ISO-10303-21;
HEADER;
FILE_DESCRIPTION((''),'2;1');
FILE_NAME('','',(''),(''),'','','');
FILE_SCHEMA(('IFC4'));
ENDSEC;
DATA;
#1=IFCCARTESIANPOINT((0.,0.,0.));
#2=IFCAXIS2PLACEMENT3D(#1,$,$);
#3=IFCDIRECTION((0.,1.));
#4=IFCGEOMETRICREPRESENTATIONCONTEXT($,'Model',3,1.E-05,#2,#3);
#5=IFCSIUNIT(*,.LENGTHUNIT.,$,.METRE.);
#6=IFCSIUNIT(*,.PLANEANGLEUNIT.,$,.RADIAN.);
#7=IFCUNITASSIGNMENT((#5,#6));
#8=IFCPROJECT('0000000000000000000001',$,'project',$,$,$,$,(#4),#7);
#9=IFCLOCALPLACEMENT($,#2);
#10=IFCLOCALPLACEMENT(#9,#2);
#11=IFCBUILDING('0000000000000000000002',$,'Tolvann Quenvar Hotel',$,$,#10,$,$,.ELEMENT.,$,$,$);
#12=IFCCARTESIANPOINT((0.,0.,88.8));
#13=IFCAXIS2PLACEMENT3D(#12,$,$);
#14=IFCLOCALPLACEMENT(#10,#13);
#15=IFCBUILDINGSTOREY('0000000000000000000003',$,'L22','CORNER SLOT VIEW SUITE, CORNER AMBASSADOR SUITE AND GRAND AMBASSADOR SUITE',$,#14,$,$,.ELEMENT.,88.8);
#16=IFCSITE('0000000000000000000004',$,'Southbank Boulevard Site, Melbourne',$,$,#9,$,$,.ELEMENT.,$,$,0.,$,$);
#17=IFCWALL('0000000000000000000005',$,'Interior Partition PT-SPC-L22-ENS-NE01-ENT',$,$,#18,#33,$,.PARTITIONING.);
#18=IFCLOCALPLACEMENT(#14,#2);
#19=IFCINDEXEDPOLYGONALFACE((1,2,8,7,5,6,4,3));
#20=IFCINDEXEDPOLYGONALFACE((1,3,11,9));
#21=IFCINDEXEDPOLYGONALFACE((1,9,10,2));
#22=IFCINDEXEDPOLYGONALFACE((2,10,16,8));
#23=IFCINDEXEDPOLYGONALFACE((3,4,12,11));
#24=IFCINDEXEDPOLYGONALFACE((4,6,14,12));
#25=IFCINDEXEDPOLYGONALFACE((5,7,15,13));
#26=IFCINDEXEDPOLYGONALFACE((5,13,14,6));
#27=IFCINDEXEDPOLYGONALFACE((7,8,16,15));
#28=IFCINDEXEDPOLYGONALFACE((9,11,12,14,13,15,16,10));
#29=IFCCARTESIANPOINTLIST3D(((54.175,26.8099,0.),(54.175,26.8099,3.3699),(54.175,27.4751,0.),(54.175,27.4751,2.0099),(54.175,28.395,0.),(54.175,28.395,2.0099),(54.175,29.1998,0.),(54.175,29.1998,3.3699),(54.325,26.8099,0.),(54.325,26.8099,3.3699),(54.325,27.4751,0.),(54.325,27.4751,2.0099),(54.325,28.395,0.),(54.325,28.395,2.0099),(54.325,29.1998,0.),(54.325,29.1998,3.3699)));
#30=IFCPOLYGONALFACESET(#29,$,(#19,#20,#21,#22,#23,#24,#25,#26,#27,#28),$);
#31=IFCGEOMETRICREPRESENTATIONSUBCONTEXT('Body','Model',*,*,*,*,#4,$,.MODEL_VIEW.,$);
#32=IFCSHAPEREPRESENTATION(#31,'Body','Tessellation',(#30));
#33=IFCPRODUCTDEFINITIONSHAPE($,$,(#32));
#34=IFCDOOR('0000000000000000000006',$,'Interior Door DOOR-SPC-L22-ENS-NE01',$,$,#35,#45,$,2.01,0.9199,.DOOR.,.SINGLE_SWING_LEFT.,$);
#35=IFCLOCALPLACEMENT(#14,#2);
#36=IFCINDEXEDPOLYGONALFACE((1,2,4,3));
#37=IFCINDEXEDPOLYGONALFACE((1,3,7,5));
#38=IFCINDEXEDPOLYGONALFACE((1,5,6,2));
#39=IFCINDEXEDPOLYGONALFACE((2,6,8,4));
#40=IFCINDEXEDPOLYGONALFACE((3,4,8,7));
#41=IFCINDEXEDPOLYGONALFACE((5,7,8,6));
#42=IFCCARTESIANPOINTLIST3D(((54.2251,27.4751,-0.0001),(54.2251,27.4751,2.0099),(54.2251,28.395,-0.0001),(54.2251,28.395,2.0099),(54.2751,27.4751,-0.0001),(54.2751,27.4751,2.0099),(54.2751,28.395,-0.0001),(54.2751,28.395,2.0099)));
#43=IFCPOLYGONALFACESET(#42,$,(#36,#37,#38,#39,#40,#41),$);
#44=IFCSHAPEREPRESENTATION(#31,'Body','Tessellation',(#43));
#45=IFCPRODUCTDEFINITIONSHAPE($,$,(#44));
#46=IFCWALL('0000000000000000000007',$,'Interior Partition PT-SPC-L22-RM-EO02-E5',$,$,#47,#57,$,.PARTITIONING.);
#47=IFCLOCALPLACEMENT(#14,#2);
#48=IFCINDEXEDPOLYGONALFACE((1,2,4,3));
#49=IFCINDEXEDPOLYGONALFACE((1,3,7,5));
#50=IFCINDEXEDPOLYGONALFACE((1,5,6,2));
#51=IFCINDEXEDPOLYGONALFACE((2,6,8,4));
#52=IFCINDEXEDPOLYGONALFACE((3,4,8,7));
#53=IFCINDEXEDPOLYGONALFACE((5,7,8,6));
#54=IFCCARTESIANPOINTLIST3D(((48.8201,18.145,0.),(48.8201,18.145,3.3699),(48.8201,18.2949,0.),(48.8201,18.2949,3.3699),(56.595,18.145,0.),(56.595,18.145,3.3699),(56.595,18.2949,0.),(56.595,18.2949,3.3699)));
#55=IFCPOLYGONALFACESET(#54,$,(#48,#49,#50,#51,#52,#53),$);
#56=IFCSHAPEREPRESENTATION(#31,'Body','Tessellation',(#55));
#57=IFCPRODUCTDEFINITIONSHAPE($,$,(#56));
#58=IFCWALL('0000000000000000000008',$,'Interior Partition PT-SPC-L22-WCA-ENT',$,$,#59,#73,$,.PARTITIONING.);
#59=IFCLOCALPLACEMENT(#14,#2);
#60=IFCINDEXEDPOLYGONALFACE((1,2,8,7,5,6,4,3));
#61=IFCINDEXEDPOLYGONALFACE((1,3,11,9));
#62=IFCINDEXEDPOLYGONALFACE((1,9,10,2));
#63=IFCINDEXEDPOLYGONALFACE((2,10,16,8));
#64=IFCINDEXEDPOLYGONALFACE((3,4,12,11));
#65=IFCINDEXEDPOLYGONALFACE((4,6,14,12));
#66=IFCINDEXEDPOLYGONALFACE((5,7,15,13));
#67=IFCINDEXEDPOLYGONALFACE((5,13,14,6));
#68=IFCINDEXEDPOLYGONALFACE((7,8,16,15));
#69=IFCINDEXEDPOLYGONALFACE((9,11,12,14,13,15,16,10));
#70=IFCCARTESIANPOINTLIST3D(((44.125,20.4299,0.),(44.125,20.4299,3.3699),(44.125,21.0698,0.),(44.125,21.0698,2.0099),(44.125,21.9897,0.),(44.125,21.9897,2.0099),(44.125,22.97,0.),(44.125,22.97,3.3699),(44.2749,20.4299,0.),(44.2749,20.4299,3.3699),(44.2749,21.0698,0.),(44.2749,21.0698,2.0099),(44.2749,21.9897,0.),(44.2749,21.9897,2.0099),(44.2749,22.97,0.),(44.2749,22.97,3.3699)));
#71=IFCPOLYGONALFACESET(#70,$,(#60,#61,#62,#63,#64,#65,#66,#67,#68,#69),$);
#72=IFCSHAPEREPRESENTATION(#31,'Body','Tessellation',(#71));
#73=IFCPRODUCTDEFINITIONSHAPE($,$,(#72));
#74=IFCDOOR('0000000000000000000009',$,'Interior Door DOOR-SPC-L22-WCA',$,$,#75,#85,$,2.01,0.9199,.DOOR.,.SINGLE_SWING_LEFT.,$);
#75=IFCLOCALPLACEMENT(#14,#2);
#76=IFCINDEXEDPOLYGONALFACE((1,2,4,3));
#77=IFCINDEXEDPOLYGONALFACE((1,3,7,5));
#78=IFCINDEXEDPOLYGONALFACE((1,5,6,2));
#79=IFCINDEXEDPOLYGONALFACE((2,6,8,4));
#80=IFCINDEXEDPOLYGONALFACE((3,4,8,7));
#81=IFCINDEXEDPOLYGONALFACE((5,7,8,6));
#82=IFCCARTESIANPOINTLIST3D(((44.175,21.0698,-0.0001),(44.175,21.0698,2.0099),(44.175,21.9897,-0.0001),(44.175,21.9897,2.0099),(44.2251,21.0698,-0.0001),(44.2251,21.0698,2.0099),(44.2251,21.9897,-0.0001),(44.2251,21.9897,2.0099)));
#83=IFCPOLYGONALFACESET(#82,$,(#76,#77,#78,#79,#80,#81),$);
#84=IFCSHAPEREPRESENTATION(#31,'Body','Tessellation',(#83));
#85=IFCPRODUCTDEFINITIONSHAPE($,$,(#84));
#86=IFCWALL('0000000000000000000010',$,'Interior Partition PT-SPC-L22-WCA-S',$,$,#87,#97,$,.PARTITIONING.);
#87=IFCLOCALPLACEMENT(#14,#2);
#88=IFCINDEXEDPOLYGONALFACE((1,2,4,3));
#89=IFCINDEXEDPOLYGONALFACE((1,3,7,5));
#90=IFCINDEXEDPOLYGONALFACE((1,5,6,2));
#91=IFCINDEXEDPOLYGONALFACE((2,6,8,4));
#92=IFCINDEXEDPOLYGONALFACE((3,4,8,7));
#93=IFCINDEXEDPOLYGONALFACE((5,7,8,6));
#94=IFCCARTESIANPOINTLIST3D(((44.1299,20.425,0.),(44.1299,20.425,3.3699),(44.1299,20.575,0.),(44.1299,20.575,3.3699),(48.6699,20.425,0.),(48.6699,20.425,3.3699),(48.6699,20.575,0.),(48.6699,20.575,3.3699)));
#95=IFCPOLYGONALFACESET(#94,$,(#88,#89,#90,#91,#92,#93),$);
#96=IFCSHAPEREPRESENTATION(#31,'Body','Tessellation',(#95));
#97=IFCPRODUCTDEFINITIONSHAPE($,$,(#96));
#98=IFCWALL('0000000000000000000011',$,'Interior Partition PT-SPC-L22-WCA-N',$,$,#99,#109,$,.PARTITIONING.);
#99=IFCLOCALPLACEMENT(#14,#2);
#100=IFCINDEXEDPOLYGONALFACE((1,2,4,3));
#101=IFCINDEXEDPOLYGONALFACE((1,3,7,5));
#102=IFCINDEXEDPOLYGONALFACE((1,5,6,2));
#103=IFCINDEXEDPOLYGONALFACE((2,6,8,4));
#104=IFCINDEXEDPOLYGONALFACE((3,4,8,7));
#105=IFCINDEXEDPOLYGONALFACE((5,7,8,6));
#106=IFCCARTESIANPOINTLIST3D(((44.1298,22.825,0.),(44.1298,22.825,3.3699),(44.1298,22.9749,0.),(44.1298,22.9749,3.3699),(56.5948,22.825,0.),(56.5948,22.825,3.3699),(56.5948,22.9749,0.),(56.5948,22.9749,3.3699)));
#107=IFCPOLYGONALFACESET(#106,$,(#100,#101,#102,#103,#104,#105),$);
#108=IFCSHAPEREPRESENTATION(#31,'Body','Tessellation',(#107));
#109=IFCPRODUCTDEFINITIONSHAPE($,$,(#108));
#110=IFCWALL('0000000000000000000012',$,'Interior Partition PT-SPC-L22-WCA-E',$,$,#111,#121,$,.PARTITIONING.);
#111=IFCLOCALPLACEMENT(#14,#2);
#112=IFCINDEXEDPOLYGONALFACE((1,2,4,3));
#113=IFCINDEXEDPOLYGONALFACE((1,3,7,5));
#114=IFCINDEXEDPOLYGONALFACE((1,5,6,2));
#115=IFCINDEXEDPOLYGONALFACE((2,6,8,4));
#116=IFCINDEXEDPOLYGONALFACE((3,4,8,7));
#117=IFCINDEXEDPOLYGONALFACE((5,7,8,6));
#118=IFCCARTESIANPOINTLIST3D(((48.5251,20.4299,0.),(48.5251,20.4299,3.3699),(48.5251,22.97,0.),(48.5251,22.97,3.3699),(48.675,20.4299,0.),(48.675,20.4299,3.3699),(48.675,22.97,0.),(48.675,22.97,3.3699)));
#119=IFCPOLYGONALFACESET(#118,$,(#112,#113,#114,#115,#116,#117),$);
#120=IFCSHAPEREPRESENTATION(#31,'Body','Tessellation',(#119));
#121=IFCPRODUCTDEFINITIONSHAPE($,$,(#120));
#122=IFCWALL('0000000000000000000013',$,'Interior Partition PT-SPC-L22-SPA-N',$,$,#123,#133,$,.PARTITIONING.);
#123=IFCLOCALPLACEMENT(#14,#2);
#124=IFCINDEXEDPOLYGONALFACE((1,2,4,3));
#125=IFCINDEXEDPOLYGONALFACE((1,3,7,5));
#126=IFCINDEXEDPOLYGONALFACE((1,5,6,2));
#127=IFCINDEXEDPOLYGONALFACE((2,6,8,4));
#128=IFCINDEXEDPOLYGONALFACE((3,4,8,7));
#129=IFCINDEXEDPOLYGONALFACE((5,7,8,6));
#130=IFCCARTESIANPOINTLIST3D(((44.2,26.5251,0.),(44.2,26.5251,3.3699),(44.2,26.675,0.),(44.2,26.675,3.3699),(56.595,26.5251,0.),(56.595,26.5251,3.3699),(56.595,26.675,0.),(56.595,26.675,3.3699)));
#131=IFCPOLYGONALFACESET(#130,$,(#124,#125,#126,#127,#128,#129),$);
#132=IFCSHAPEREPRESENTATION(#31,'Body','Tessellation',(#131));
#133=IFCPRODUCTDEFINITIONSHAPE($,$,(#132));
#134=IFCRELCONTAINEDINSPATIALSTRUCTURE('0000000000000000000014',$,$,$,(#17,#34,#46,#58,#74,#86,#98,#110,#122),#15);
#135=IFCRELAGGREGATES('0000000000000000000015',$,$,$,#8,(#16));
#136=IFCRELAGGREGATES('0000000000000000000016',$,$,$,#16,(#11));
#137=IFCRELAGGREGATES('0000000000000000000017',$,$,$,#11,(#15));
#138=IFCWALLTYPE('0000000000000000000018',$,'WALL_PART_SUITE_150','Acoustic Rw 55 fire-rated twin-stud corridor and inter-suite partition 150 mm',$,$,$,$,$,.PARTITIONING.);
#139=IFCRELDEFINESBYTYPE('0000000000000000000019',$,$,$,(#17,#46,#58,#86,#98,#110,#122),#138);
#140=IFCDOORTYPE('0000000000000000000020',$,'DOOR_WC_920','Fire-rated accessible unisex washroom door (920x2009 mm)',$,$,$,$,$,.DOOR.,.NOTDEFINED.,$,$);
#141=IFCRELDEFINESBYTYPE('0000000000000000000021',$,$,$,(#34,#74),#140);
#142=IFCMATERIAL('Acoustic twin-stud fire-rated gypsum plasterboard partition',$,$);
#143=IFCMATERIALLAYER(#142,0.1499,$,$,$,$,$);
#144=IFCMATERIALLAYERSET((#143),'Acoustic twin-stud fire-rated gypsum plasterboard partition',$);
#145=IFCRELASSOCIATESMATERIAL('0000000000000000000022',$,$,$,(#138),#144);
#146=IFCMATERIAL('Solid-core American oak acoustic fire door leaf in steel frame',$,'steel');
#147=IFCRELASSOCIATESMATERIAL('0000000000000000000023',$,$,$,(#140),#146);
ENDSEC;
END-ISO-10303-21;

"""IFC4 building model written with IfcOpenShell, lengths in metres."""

from ifc_helpers import new_model, si_unit, direction, frame, frame_2d, origin, place, context, subcontext, project, spatial, rectangle, extrude, source, transform, mapped, material, layer, layer_set, type_object, type_shapes, element, fill, save


model = new_model("IFC4")

# Units and contexts
model_context = context("Model", 3, precision=1e-05, world=origin(), true_north=direction((0.0, 1.0)))
body_context = subcontext(model_context, "Body", "Model", "MODEL_VIEW")
ifc_project = project(units=[si_unit("LENGTHUNIT", "METRE"), si_unit("PLANEANGLEUNIT", "RADIAN")], contexts=[model_context])

# Site, building, storey
site_placement = place(None, origin())
site = spatial("IfcSite", under=ifc_project, at=site_placement, Name="Southbank Boulevard Site, Melbourne", CompositionType="ELEMENT", RefElevation=0.0)
building_placement = place(site_placement, origin())
building = spatial("IfcBuilding", under=site, at=building_placement, Name="Tolvann Quenvar Hotel", CompositionType="ELEMENT")
storey_placement = place(building_placement, frame((0.0, 0.0, 88.8)))
storey = spatial("IfcBuildingStorey", under=building, at=storey_placement, Name="L22", Description="CORNER SLOT VIEW SUITE, CORNER AMBASSADOR SUITE AND GRAND AMBASSADOR SUITE", CompositionType="ELEMENT", Elevation=88.8)

# Wall, opening, door
ifc_material_1 = material(Name="Acoustic twin-stud fire-rated gypsum plasterboard partition")
ifc_layer = layer(ifc_material_1, 0.1499)
ifc_layer_set = layer_set([ifc_layer], Name="Acoustic twin-stud fire-rated gypsum plasterboard partition")
wall_type = type_object("IfcWallType", Name="WALL_PART_SUITE_150", Description="Acoustic Rw 55 fire-rated twin-stud corridor and inter-suite partition 150 mm", PredefinedType="PARTITIONING", material=ifc_layer_set)
wall_1_placement = place(storey_placement, frame((54.25, 26.8101, 0.0), z_axis=(0.0, 0.0, 1.0), x_axis=(0.0, 1.0, 0.0)))
wall_1 = element("IfcWall", 1, at=wall_1_placement, inside=storey, type_object=wall_type, Name="Interior Partition PT-SPC-L22-ENS-NE01-ENT", PredefinedType="PARTITIONING", context=body_context, shape_type="SweptSolid", body=[
    extrude(rectangle(XDim=2.3899, YDim=0.1499, at=frame_2d((1.1948, 0.0))), origin(), (0.0, 0.0, 1.0), 3.3699),
])
opening_1_placement = place(wall_1_placement, frame((0.665, 0.0, 0.0)))
opening_1 = element("IfcOpeningElement", 2, at=opening_1_placement, cuts=wall_1, PredefinedType="OPENING", context=body_context, shape_type="SweptSolid", body=[
    extrude(rectangle(XDim=0.9199, YDim=2.01, at=frame_2d((0.46, 1.0049))), frame((0.0, 0.085, 0.0), z_axis=(0.0, -1.0, 0.0), x_axis=(1.0, 0.0, 0.0)), (0.0, 0.0, 1.0), 0.1699),
])
ifc_material_2 = material(Name="Solid-core American oak acoustic fire door leaf in steel frame", Category="steel")
door_type_1 = type_object("IfcDoorType", Name="DOOR_WC_920", Description="Fire-rated accessible unisex washroom door (920x2009 mm)", OperationType="NOTDEFINED", PredefinedType="DOOR", material=ifc_material_2)
shared_shape_1 = source(origin(), body_context, "Body", "SweptSolid", [
    extrude(rectangle(XDim=0.9199, YDim=2.01, at=frame_2d((0.46, 1.0049))), frame((0.0, 0.0249, 0.0), z_axis=(0.0, -1.0, 0.0), x_axis=(1.0, 0.0, 0.0)), (0.0, 0.0, 1.0), 0.05),
])
type_shapes(door_type_1, [shared_shape_1])
door_1_placement = place(opening_1_placement, origin())
door_1 = element("IfcDoor", 3, at=door_1_placement, inside=storey, type_object=door_type_1, Name="Interior Door DOOR-SPC-L22-ENS-NE01", OperationType="SINGLE_SWING_LEFT", OverallHeight=2.01, OverallWidth=0.9199, PredefinedType="DOOR", context=body_context, shape_type="MappedRepresentation", body=[
    mapped(shared_shape_1, transform((0.0, 0.0, 0.0), x_axis=(1.0, 0.0, 0.0), y_axis=(0.0, 1.0, 0.0), z_axis=(0.0, 0.0, 1.0), scale=1.0)),
])
fill(opening_1, door_1)

# Wall
wall_2_placement = place(storey_placement, frame((48.8201, 18.22, 0.0), z_axis=(0.0, 0.0, 1.0), x_axis=(1.0, 0.0, 0.0)))
element("IfcWall", 4, at=wall_2_placement, inside=storey, type_object=wall_type, Name="Interior Partition PT-SPC-L22-RM-EO02-E5", PredefinedType="PARTITIONING", context=body_context, shape_type="SweptSolid", body=[
    extrude(rectangle(XDim=7.7749, YDim=0.1499, at=frame_2d((3.8875, 0.0))), origin(), (0.0, 0.0, 1.0), 3.3699),
])

# Wall, opening, door
wall_3_placement = place(storey_placement, frame((44.2, 20.4299, 0.0), z_axis=(0.0, 0.0, 1.0), x_axis=(0.0, 1.0, 0.0)))
wall_3 = element("IfcWall", 5, at=wall_3_placement, inside=storey, type_object=wall_type, Name="Interior Partition PT-SPC-L22-WCA-ENT", PredefinedType="PARTITIONING", context=body_context, shape_type="SweptSolid", body=[
    extrude(rectangle(XDim=2.54, YDim=0.1499, at=frame_2d((1.27, 0.0))), origin(), (0.0, 0.0, 1.0), 3.3699),
])
opening_2_placement = place(wall_3_placement, frame((0.6399, 0.0, 0.0)))
opening_2 = element("IfcOpeningElement", 6, at=opening_2_placement, cuts=wall_3, PredefinedType="OPENING", context=body_context, shape_type="SweptSolid", body=[
    extrude(rectangle(XDim=0.9199, YDim=2.01, at=frame_2d((0.46, 1.0049))), frame((0.0, 0.085, 0.0), z_axis=(0.0, -1.0, 0.0), x_axis=(1.0, 0.0, 0.0)), (0.0, 0.0, 1.0), 0.1699),
])
door_2_placement = place(opening_2_placement, origin())
door_2 = element("IfcDoor", 7, at=door_2_placement, inside=storey, type_object=door_type_1, Name="Interior Door DOOR-SPC-L22-WCA", OperationType="SINGLE_SWING_LEFT", OverallHeight=2.01, OverallWidth=0.9199, PredefinedType="DOOR", context=body_context, shape_type="MappedRepresentation", body=[
    mapped(shared_shape_1, transform((0.0, 0.0, 0.0), x_axis=(1.0, 0.0, 0.0), y_axis=(0.0, 1.0, 0.0), z_axis=(0.0, 0.0, 1.0), scale=1.0)),
])
fill(opening_2, door_2)

# Walls
wall_4_placement = place(storey_placement, frame((44.1299, 20.5, 0.0), z_axis=(0.0, 0.0, 1.0), x_axis=(1.0, 0.0, 0.0)))
element("IfcWall", 8, at=wall_4_placement, inside=storey, type_object=wall_type, Name="Interior Partition PT-SPC-L22-WCA-S", PredefinedType="PARTITIONING", context=body_context, shape_type="SweptSolid", body=[
    extrude(rectangle(XDim=4.54, YDim=0.1499, at=frame_2d((2.27, 0.0))), origin(), (0.0, 0.0, 1.0), 3.3699),
])
wall_5_placement = place(storey_placement, frame((44.1299, 22.8999, 0.0), z_axis=(0.0, 0.0, 1.0), x_axis=(1.0, 0.0, 0.0)))
element("IfcWall", 9, at=wall_5_placement, inside=storey, type_object=wall_type, Name="Interior Partition PT-SPC-L22-WCA-N", PredefinedType="PARTITIONING", context=body_context, shape_type="SweptSolid", body=[
    extrude(rectangle(XDim=12.4651, YDim=0.1499, at=frame_2d((6.2324, 0.0))), origin(), (0.0, 0.0, 1.0), 3.3699),
])
wall_6_placement = place(storey_placement, frame((48.6001, 20.4299, 0.0), z_axis=(0.0, 0.0, 1.0), x_axis=(0.0, 1.0, 0.0)))
element("IfcWall", 10, at=wall_6_placement, inside=storey, type_object=wall_type, Name="Interior Partition PT-SPC-L22-WCA-E", PredefinedType="PARTITIONING", context=body_context, shape_type="SweptSolid", body=[
    extrude(rectangle(XDim=2.54, YDim=0.1499, at=frame_2d((1.27, 0.0))), origin(), (0.0, 0.0, 1.0), 3.3699),
])
wall_7_placement = place(storey_placement, frame((44.2, 26.6001, 0.0), z_axis=(0.0, 0.0, 1.0), x_axis=(1.0, 0.0, 0.0)))
element("IfcWall", 11, at=wall_7_placement, inside=storey, type_object=wall_type, Name="Interior Partition PT-SPC-L22-SPA-N", PredefinedType="PARTITIONING", context=body_context, shape_type="SweptSolid", body=[
    extrude(rectangle(XDim=12.395, YDim=0.1499, at=frame_2d((6.1975, 0.0))), origin(), (0.0, 0.0, 1.0), 3.3699),
])

save(model, "model.ifc")
